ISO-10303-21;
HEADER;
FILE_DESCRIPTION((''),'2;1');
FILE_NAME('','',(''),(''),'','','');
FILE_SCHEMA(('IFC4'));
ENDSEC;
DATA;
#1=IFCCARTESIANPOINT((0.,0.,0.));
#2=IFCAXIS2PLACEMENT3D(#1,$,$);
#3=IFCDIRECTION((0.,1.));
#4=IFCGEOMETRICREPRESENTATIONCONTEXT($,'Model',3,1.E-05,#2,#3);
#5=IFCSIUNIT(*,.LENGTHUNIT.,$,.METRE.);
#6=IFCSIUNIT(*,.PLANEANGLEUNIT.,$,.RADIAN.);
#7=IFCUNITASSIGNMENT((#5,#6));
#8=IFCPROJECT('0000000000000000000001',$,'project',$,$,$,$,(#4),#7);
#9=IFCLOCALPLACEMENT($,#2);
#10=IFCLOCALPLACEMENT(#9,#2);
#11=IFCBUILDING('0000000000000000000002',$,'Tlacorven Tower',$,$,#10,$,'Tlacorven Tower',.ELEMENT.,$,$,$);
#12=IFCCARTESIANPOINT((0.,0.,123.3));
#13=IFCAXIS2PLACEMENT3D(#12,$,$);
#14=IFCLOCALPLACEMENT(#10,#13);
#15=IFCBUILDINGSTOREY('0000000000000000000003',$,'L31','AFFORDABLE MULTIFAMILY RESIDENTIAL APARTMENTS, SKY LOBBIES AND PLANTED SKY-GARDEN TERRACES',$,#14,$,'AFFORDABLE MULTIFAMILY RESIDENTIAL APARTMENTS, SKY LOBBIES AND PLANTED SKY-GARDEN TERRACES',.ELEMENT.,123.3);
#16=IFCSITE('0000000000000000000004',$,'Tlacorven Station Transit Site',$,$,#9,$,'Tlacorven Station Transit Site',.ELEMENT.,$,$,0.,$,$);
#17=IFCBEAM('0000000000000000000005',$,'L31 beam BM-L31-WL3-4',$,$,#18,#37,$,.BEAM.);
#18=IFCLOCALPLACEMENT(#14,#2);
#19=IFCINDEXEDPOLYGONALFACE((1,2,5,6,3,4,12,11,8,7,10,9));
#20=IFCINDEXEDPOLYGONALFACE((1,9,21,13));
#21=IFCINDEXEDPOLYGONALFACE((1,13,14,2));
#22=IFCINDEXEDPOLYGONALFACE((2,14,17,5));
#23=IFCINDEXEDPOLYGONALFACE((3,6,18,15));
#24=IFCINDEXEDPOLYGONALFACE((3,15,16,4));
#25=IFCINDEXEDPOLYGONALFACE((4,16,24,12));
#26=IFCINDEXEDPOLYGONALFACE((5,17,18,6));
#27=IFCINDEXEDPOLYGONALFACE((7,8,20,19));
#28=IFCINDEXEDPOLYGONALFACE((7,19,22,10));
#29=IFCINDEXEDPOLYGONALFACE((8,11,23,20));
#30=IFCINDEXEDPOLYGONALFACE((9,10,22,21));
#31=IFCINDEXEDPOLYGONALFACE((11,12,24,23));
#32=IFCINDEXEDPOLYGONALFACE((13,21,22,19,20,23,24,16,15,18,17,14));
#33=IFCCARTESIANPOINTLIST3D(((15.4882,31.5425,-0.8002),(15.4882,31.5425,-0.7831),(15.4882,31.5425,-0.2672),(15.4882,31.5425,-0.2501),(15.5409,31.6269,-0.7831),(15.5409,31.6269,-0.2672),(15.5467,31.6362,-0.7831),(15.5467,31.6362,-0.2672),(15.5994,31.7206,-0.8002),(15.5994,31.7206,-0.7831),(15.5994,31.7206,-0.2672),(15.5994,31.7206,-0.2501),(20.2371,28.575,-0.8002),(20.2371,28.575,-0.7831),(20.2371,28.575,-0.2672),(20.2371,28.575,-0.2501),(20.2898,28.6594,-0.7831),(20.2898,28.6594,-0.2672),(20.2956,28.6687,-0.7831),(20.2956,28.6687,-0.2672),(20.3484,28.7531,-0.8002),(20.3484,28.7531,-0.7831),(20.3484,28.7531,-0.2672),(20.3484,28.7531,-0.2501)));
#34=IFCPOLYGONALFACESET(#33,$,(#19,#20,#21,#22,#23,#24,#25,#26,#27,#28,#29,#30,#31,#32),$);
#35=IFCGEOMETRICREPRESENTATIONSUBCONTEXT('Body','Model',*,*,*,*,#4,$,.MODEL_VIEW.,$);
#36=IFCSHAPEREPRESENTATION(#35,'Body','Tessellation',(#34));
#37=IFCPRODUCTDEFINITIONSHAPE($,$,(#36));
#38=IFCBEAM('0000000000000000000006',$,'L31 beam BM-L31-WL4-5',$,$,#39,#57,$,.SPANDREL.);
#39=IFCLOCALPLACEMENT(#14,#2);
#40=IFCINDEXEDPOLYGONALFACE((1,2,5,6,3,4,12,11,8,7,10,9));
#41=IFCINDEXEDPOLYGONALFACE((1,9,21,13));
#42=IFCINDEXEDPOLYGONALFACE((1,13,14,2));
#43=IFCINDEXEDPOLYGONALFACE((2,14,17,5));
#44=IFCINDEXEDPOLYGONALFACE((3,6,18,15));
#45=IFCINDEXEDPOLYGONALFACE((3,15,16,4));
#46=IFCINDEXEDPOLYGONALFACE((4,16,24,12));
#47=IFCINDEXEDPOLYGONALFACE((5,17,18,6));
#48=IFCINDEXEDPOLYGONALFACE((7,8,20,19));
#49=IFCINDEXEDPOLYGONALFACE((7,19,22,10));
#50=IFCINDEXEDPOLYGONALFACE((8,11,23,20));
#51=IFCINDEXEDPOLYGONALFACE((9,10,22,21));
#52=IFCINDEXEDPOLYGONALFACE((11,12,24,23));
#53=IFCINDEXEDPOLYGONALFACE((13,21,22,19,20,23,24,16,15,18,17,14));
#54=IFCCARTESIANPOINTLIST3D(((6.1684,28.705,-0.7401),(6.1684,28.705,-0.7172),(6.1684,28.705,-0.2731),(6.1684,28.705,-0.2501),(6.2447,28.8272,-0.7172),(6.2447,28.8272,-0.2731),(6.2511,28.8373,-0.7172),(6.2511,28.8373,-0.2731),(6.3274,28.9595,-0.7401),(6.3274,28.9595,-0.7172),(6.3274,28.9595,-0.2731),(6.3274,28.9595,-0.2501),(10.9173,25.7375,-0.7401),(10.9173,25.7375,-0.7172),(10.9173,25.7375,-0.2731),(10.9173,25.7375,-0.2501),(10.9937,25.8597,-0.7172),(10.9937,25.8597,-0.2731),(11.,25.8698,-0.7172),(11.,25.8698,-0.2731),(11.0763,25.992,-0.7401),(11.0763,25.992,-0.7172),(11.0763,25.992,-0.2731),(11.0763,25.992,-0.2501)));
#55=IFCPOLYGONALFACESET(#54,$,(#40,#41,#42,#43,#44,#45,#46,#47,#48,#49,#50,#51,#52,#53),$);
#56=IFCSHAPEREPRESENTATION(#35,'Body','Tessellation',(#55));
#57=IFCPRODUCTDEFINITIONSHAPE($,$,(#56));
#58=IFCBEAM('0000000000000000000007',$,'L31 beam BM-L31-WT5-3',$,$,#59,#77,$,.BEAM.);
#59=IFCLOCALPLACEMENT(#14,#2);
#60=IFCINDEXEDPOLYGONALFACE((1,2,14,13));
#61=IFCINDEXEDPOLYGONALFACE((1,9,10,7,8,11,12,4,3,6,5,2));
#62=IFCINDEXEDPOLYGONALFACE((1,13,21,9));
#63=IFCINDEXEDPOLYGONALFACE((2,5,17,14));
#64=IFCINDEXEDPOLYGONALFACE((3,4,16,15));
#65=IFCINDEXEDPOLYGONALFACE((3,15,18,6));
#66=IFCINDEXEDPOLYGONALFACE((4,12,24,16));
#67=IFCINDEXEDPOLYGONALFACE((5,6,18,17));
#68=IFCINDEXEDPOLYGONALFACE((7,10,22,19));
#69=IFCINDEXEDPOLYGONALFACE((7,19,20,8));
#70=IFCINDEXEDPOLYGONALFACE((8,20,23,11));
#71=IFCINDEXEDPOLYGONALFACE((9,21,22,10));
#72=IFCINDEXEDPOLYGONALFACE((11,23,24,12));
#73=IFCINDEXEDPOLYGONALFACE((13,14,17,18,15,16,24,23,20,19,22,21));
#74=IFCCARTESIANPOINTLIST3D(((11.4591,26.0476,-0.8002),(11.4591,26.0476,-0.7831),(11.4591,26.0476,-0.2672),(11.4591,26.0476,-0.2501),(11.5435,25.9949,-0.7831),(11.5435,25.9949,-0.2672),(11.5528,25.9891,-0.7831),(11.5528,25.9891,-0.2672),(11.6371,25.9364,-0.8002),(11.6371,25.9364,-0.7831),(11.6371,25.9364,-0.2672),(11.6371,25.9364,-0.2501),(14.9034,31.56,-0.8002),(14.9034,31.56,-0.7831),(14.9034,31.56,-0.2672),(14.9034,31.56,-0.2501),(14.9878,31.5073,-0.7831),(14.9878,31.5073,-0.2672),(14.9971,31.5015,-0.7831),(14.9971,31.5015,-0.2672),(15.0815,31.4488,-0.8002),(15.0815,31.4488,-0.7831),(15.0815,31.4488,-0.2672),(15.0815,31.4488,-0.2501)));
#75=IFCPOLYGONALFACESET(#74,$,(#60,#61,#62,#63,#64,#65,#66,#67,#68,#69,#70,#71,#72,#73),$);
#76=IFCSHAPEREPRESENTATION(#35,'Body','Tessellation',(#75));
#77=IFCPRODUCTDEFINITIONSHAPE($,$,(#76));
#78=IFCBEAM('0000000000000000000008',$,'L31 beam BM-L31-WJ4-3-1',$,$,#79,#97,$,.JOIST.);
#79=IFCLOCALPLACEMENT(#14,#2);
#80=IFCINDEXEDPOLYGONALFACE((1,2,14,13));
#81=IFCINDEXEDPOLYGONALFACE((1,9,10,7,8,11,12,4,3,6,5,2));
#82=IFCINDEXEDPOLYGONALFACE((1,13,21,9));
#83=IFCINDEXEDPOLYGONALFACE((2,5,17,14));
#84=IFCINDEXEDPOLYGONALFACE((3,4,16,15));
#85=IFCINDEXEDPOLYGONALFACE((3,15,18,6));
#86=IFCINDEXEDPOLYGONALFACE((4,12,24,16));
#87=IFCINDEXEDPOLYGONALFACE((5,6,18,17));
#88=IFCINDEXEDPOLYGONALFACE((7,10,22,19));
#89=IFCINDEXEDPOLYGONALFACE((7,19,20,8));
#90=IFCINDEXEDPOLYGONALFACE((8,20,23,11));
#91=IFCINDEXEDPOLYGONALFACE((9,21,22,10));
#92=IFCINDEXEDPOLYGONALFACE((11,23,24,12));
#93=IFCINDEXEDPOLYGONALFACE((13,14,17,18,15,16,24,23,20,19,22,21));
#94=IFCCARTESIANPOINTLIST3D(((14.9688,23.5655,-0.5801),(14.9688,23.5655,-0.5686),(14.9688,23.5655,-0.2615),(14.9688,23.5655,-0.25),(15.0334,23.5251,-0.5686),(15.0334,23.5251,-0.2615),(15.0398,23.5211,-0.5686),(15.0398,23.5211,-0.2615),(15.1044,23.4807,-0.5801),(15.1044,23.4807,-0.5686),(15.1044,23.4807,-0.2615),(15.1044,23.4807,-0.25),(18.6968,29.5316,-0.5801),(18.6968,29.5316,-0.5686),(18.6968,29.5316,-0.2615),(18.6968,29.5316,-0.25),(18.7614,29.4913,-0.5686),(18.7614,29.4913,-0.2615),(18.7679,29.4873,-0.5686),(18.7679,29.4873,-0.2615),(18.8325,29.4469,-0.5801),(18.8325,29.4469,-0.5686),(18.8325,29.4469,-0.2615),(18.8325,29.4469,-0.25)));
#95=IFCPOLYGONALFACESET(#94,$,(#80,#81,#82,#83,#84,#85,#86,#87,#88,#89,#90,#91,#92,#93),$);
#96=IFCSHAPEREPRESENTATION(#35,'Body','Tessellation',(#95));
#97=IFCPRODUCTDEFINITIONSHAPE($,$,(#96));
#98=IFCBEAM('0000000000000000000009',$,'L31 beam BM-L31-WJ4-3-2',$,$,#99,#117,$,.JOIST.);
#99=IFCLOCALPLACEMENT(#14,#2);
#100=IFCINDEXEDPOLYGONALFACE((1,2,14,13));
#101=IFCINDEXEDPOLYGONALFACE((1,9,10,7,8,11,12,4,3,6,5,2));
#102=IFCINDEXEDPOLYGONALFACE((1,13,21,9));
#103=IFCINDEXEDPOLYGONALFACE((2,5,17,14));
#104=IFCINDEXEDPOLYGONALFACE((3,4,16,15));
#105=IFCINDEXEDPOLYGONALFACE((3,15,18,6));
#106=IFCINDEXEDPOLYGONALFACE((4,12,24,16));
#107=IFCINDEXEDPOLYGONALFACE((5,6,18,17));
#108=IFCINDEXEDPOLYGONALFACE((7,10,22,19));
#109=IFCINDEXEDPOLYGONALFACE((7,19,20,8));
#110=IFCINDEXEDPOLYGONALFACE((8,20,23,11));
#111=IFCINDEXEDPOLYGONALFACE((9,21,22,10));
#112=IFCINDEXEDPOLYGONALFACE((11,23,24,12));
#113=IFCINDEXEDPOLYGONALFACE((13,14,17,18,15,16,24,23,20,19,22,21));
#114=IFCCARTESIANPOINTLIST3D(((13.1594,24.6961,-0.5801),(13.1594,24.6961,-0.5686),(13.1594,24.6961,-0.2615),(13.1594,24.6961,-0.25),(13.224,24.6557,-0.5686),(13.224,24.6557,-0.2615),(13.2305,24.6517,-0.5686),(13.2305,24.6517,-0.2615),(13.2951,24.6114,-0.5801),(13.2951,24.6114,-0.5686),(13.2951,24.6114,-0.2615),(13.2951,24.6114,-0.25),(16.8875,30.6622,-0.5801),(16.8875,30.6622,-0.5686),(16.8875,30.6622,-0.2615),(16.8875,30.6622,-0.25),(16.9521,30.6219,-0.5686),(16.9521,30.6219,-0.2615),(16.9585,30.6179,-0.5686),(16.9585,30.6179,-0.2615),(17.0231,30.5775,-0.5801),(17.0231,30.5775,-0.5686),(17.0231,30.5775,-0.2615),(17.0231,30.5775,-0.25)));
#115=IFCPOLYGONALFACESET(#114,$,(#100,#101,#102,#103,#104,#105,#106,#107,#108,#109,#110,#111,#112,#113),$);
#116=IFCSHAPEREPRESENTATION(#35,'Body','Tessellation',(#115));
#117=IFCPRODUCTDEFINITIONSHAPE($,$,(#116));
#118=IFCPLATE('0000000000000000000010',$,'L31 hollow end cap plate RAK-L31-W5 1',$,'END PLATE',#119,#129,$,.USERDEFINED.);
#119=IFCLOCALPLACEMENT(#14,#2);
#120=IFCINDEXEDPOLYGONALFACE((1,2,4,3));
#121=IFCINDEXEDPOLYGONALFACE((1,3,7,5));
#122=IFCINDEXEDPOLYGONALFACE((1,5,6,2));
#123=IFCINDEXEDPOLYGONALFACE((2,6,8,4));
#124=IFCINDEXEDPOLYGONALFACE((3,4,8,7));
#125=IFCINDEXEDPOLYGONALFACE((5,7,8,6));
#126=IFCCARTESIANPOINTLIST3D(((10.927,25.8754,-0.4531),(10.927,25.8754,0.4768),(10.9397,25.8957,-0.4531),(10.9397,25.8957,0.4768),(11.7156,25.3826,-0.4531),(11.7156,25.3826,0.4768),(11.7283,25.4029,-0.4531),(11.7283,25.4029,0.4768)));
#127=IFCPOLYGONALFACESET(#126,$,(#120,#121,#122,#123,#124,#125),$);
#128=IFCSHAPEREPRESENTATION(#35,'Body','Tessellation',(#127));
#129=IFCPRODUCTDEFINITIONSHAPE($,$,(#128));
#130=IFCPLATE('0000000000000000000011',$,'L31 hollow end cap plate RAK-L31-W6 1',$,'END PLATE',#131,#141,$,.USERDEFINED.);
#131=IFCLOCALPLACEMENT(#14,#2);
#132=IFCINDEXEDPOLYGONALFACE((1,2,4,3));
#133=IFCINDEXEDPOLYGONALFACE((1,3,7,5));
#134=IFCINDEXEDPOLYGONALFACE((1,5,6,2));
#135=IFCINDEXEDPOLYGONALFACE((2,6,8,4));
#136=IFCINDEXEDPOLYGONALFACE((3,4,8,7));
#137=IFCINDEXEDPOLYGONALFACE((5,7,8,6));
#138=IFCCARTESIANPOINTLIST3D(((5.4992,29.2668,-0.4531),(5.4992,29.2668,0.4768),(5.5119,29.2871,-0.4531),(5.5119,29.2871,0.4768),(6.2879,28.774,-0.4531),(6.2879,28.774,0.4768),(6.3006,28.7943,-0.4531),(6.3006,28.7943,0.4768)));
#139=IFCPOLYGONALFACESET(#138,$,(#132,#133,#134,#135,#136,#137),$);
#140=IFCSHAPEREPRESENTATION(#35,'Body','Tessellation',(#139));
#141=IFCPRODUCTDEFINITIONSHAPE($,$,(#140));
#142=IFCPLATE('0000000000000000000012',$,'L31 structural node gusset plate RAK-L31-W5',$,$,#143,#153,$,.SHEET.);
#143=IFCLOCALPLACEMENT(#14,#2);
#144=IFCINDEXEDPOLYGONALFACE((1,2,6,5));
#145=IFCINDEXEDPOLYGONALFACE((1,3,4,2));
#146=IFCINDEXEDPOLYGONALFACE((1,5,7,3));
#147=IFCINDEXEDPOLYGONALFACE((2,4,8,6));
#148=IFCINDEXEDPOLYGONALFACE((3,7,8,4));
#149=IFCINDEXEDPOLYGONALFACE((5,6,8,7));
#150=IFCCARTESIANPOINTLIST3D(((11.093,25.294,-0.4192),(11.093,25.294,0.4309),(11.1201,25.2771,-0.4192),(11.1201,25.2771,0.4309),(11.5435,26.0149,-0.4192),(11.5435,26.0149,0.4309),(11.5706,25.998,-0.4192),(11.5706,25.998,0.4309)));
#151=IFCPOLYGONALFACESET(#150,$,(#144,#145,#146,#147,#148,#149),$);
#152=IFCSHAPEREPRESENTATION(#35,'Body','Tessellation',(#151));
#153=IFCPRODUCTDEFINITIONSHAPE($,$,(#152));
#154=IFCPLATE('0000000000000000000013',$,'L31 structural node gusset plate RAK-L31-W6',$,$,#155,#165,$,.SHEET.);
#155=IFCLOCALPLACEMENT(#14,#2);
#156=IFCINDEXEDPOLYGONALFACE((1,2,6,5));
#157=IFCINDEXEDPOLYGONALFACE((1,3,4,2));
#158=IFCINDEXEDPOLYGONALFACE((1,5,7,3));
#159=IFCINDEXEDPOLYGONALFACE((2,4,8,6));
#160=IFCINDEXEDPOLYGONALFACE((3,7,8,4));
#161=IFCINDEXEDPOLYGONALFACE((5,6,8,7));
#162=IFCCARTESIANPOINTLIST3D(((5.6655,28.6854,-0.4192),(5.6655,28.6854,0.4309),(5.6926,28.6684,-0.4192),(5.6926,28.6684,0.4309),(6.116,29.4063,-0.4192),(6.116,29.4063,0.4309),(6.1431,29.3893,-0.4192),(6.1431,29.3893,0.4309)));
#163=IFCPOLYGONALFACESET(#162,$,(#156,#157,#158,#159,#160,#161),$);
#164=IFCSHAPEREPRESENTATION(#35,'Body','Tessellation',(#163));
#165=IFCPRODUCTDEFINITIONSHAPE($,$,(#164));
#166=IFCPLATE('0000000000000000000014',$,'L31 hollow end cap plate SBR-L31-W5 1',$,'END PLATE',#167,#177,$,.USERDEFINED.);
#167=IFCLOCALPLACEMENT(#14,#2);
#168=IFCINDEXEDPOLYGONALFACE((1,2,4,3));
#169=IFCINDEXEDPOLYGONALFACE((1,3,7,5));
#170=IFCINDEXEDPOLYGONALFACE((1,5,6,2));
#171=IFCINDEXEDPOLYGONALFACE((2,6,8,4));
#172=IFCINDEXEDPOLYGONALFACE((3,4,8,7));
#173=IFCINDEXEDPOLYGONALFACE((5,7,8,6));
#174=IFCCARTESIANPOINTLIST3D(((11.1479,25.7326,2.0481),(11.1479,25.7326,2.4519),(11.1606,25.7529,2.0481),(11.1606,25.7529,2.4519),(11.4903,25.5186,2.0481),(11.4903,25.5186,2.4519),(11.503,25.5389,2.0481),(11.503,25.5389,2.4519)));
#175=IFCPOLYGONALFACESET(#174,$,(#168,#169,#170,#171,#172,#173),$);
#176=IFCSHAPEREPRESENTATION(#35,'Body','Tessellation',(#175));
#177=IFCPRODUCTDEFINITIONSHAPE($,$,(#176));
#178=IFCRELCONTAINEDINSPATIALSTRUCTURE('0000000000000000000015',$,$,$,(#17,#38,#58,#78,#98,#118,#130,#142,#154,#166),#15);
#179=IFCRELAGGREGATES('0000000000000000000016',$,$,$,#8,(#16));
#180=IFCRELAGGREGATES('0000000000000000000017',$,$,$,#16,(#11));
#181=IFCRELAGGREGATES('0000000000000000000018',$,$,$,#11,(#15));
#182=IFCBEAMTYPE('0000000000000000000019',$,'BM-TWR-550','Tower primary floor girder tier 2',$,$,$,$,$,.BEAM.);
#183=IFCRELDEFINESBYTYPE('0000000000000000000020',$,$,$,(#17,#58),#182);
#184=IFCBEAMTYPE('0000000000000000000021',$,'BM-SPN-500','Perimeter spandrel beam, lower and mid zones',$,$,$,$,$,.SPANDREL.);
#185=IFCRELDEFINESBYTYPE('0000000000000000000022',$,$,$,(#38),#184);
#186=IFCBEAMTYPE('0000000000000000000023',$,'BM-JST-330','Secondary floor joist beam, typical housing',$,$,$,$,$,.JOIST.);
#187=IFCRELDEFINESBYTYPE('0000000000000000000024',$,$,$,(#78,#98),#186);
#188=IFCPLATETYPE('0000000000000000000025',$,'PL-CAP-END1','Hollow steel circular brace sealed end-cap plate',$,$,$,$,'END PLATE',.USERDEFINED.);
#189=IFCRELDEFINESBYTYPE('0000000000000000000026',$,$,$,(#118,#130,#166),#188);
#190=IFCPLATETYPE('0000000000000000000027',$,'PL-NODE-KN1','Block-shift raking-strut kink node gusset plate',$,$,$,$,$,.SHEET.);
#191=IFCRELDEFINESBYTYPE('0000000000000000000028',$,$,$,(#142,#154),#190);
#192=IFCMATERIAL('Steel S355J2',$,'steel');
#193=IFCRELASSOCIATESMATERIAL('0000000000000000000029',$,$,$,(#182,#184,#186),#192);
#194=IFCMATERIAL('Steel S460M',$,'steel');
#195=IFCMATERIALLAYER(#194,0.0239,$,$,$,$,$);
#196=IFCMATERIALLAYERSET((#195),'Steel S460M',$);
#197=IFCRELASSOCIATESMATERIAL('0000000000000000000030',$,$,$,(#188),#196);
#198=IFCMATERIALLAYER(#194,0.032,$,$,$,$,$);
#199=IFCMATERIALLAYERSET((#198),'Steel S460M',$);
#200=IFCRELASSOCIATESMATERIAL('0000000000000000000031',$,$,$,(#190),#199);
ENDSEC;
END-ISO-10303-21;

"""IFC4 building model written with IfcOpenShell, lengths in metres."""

from ifc_helpers import new_model, si_unit, direction, frame, origin, origin_2d, place, context, subcontext, project, spatial, rectangle, i_section, extrude, source, transform, mapped, material, layer, layer_set, material_profile, profile_set, type_object, element, save


model = new_model("IFC4")

# Units and contexts
model_context = context("Model", 3, precision=1e-05, world=origin(), true_north=direction((0.0, 1.0)))
body_context = subcontext(model_context, "Body", "Model", "MODEL_VIEW")
ifc_project = project(units=[si_unit("LENGTHUNIT", "METRE"), si_unit("PLANEANGLEUNIT", "RADIAN")], contexts=[model_context])

# Site, building, storey
site_placement = place(None, origin())
site = spatial("IfcSite", under=ifc_project, at=site_placement, Name="Tlacorven Station Transit Site", LongName="Tlacorven Station Transit Site", CompositionType="ELEMENT", RefElevation=0.0)
building_placement = place(site_placement, origin())
building = spatial("IfcBuilding", under=site, at=building_placement, Name="Tlacorven Tower", LongName="Tlacorven Tower", CompositionType="ELEMENT")
storey_placement = place(building_placement, frame((0.0, 0.0, 123.3)))
storey = spatial("IfcBuildingStorey", under=building, at=storey_placement, Name="L31", Description="AFFORDABLE MULTIFAMILY RESIDENTIAL APARTMENTS, SKY LOBBIES AND PLANTED SKY-GARDEN TERRACES", LongName="AFFORDABLE MULTIFAMILY RESIDENTIAL APARTMENTS, SKY LOBBIES AND PLANTED SKY-GARDEN TERRACES", CompositionType="ELEMENT", Elevation=123.3)

# Shared definitions
ifc_material_1 = material(Name="Steel S460M", Category="steel")

# Beams
ifc_material_2 = material(Name="Steel S355J2", Category="steel")
ifc_material_profile_1 = material_profile(ifc_material_2, i_section(OverallWidth=0.21, OverallDepth=0.55, WebThickness=0.011, FlangeThickness=0.0171, at=origin_2d()), Name="IPE 550")
ifc_profile_set_1 = profile_set([ifc_material_profile_1], Name="Steel S355J2")
beam_type_1 = type_object("IfcBeamType", Name="BM-TWR-550", Description="Tower primary floor girder tier 2", PredefinedType="BEAM", material=ifc_profile_set_1)
shared_shape_1 = source(origin(), body_context, "Body", "SweptSolid", [
    extrude(i_section(OverallWidth=0.21, OverallDepth=0.55, WebThickness=0.011, FlangeThickness=0.0171, at=origin_2d()), origin(), (0.0, 0.0, 1.0), 5.5999),
])
beam_1_placement = place(storey_placement, frame((20.2927, 28.6641, -0.5251), z_axis=(-0.848047, 0.529921, 0.0), x_axis=(-0.529921, -0.848047, 0.0)))
element("IfcBeam", 1, at=beam_1_placement, inside=storey, type_object=beam_type_1, Name="L31 beam BM-L31-WL3-4", PredefinedType="BEAM", context=body_context, shape_type="MappedRepresentation", body=[
    mapped(shared_shape_1, transform((0.0, 0.0, 0.0), scale=1.0)),
])
ifc_material_profile_2 = material_profile(ifc_material_2, i_section(OverallWidth=0.3, OverallDepth=0.49, WebThickness=0.012, FlangeThickness=0.0229, at=origin_2d()), Name="HEA 500")
ifc_profile_set_2 = profile_set([ifc_material_profile_2], Name="Steel S355J2")
beam_type_2 = type_object("IfcBeamType", Name="BM-SPN-500", Description="Perimeter spandrel beam, lower and mid zones", PredefinedType="SPANDREL", material=ifc_profile_set_2)
shared_shape_2 = source(origin(), body_context, "Body", "SweptSolid", [
    extrude(i_section(OverallWidth=0.3, OverallDepth=0.49, WebThickness=0.012, FlangeThickness=0.0229, at=origin_2d()), origin(), (0.0, 0.0, 1.0), 5.5999),
])
beam_2_placement = place(storey_placement, frame((10.9968, 25.8647, -0.4951), z_axis=(-0.848047, 0.529921, 0.0), x_axis=(-0.529921, -0.848047, 0.0)))
element("IfcBeam", 2, at=beam_2_placement, inside=storey, type_object=beam_type_2, Name="L31 beam BM-L31-WL4-5", PredefinedType="SPANDREL", context=body_context, shape_type="MappedRepresentation", body=[
    mapped(shared_shape_2, transform((0.0, 0.0, 0.0), scale=1.0)),
])
shared_shape_3 = source(origin(), body_context, "Body", "SweptSolid", [
    extrude(i_section(OverallWidth=0.21, OverallDepth=0.55, WebThickness=0.011, FlangeThickness=0.0171, at=origin_2d()), origin(), (0.0, 0.0, 1.0), 6.5),
])
beam_3_placement = place(storey_placement, frame((14.9924, 31.5044, -0.5251), z_axis=(-0.529894, -0.848064, 0.0), x_axis=(0.848064, -0.529894, 0.0)))
element("IfcBeam", 3, at=beam_3_placement, inside=storey, type_object=beam_type_1, Name="L31 beam BM-L31-WT5-3", PredefinedType="BEAM", context=body_context, shape_type="MappedRepresentation", body=[
    mapped(shared_shape_3, transform((0.0, 0.0, 0.0), scale=1.0)),
])
ifc_material_profile_3 = material_profile(ifc_material_2, i_section(OverallWidth=0.1599, OverallDepth=0.3301, WebThickness=0.0076, FlangeThickness=0.0115, at=origin_2d()), Name="IPE 330")
ifc_profile_set_3 = profile_set([ifc_material_profile_3], Name="Steel S355J2")
beam_type_3 = type_object("IfcBeamType", Name="BM-JST-330", Description="Secondary floor joist beam, typical housing", PredefinedType="JOIST", material=ifc_profile_set_3)
shared_shape_4 = source(origin(), body_context, "Body", "SweptSolid", [
    extrude(i_section(OverallWidth=0.1599, OverallDepth=0.3301, WebThickness=0.0076, FlangeThickness=0.0115, at=origin_2d()), origin(), (0.0, 0.0, 1.0), 7.0352),
])
for number, where, z_axis, x_axis, name in (
    (4, (18.7646, 29.4893, -0.415), (-0.529921, -0.848047, 0.0), (0.848047, -0.529921, 0.0), "L31 beam BM-L31-WJ4-3-1"),
    (5, (16.9553, 30.6199, -0.415), (-0.529921, -0.848047, 0.0), (0.848047, -0.529921, 0.0), "L31 beam BM-L31-WJ4-3-2"),
):
    element("IfcBeam", number, at=place(storey_placement, frame(where, z_axis=z_axis, x_axis=x_axis)), inside=storey, type_object=beam_type_3, Name=name, PredefinedType="JOIST", context=body_context, shape_type="MappedRepresentation", body=[
        mapped(shared_shape_4, transform((0.0, 0.0, 0.0), scale=1.0)),
    ])

# Plates
ifc_layer_1 = layer(ifc_material_1, 0.0239)
ifc_layer_set_1 = layer_set([ifc_layer_1], Name="Steel S460M")
plate_type_1 = type_object("IfcPlateType", Name="PL-CAP-END1", Description="Hollow steel circular brace sealed end-cap plate", ElementType="END PLATE", PredefinedType="USERDEFINED", material=ifc_layer_set_1)
shared_shape_5 = source(origin(), body_context, "Body", "SweptSolid", [
    extrude(rectangle(XDim=0.0239, YDim=0.9299, at=origin_2d()), origin(), (0.0, 0.0, 1.0), 0.9299),
])
for number, where, z_axis, x_axis, name in (
    (6, (11.3276, 25.6392, -0.4531), (0.0, 0.0, 1.0), (-0.529919, -0.848048, 0.0), "L31 hollow end cap plate RAK-L31-W5 1"),
    (7, (5.8999, 29.0305, -0.4531), (0.0, 0.0, 1.0), (-0.529919, -0.848048, 0.0), "L31 hollow end cap plate RAK-L31-W6 1"),
):
    element("IfcPlate", number, at=place(storey_placement, frame(where, z_axis=z_axis, x_axis=x_axis)), inside=storey, type_object=plate_type_1, Name=name, ObjectType="END PLATE", PredefinedType="USERDEFINED", context=body_context, shape_type="MappedRepresentation", body=[
        mapped(shared_shape_5, transform((0.0, 0.0, 0.0), scale=1.0)),
    ])
ifc_layer_2 = layer(ifc_material_1, 0.032)
ifc_layer_set_2 = layer_set([ifc_layer_2], Name="Steel S460M")
plate_type_2 = type_object("IfcPlateType", Name="PL-NODE-KN1", Description="Block-shift raking-strut kink node gusset plate", PredefinedType="SHEET", material=ifc_layer_set_2)
shared_shape_6 = source(origin(), body_context, "Body", "SweptSolid", [
    extrude(rectangle(XDim=0.8501, YDim=0.032, at=origin_2d()), origin(), (0.0, 0.0, 1.0), 0.8501),
])
for number, where, z_axis, x_axis, name in (
    (8, (11.3318, 25.646, -0.4192), (0.0, 0.0, 1.0), (-0.529919, -0.848048, 0.0), "L31 structural node gusset plate RAK-L31-W5"),
    (9, (5.9043, 29.0374, -0.4192), (0.0, 0.0, 1.0), (-0.529919, -0.848048, 0.0), "L31 structural node gusset plate RAK-L31-W6"),
):
    element("IfcPlate", number, at=place(storey_placement, frame(where, z_axis=z_axis, x_axis=x_axis)), inside=storey, type_object=plate_type_2, Name=name, PredefinedType="SHEET", context=body_context, shape_type="MappedRepresentation", body=[
        mapped(shared_shape_6, transform((0.0, 0.0, 0.0), scale=1.0)),
    ])
shared_shape_7 = source(origin(), body_context, "Body", "SweptSolid", [
    extrude(rectangle(XDim=0.0239, YDim=0.4038, at=origin_2d()), origin(), (0.0, 0.0, 1.0), 0.4038),
])
for number, where, z_axis, x_axis, name in (
    (10, (11.3254, 25.6357, 2.0481), (0.0, 0.0, 1.0), (-0.52992, -0.848048, 0.0), "L31 hollow end cap plate SBR-L31-W5 1"),
):
    element("IfcPlate", number, at=place(storey_placement, frame(where, z_axis=z_axis, x_axis=x_axis)), inside=storey, type_object=plate_type_1, Name=name, ObjectType="END PLATE", PredefinedType="USERDEFINED", context=body_context, shape_type="MappedRepresentation", body=[
        mapped(shared_shape_7, transform((0.0, 0.0, 0.0), scale=1.0)),
    ])

save(model, "model.ifc")
